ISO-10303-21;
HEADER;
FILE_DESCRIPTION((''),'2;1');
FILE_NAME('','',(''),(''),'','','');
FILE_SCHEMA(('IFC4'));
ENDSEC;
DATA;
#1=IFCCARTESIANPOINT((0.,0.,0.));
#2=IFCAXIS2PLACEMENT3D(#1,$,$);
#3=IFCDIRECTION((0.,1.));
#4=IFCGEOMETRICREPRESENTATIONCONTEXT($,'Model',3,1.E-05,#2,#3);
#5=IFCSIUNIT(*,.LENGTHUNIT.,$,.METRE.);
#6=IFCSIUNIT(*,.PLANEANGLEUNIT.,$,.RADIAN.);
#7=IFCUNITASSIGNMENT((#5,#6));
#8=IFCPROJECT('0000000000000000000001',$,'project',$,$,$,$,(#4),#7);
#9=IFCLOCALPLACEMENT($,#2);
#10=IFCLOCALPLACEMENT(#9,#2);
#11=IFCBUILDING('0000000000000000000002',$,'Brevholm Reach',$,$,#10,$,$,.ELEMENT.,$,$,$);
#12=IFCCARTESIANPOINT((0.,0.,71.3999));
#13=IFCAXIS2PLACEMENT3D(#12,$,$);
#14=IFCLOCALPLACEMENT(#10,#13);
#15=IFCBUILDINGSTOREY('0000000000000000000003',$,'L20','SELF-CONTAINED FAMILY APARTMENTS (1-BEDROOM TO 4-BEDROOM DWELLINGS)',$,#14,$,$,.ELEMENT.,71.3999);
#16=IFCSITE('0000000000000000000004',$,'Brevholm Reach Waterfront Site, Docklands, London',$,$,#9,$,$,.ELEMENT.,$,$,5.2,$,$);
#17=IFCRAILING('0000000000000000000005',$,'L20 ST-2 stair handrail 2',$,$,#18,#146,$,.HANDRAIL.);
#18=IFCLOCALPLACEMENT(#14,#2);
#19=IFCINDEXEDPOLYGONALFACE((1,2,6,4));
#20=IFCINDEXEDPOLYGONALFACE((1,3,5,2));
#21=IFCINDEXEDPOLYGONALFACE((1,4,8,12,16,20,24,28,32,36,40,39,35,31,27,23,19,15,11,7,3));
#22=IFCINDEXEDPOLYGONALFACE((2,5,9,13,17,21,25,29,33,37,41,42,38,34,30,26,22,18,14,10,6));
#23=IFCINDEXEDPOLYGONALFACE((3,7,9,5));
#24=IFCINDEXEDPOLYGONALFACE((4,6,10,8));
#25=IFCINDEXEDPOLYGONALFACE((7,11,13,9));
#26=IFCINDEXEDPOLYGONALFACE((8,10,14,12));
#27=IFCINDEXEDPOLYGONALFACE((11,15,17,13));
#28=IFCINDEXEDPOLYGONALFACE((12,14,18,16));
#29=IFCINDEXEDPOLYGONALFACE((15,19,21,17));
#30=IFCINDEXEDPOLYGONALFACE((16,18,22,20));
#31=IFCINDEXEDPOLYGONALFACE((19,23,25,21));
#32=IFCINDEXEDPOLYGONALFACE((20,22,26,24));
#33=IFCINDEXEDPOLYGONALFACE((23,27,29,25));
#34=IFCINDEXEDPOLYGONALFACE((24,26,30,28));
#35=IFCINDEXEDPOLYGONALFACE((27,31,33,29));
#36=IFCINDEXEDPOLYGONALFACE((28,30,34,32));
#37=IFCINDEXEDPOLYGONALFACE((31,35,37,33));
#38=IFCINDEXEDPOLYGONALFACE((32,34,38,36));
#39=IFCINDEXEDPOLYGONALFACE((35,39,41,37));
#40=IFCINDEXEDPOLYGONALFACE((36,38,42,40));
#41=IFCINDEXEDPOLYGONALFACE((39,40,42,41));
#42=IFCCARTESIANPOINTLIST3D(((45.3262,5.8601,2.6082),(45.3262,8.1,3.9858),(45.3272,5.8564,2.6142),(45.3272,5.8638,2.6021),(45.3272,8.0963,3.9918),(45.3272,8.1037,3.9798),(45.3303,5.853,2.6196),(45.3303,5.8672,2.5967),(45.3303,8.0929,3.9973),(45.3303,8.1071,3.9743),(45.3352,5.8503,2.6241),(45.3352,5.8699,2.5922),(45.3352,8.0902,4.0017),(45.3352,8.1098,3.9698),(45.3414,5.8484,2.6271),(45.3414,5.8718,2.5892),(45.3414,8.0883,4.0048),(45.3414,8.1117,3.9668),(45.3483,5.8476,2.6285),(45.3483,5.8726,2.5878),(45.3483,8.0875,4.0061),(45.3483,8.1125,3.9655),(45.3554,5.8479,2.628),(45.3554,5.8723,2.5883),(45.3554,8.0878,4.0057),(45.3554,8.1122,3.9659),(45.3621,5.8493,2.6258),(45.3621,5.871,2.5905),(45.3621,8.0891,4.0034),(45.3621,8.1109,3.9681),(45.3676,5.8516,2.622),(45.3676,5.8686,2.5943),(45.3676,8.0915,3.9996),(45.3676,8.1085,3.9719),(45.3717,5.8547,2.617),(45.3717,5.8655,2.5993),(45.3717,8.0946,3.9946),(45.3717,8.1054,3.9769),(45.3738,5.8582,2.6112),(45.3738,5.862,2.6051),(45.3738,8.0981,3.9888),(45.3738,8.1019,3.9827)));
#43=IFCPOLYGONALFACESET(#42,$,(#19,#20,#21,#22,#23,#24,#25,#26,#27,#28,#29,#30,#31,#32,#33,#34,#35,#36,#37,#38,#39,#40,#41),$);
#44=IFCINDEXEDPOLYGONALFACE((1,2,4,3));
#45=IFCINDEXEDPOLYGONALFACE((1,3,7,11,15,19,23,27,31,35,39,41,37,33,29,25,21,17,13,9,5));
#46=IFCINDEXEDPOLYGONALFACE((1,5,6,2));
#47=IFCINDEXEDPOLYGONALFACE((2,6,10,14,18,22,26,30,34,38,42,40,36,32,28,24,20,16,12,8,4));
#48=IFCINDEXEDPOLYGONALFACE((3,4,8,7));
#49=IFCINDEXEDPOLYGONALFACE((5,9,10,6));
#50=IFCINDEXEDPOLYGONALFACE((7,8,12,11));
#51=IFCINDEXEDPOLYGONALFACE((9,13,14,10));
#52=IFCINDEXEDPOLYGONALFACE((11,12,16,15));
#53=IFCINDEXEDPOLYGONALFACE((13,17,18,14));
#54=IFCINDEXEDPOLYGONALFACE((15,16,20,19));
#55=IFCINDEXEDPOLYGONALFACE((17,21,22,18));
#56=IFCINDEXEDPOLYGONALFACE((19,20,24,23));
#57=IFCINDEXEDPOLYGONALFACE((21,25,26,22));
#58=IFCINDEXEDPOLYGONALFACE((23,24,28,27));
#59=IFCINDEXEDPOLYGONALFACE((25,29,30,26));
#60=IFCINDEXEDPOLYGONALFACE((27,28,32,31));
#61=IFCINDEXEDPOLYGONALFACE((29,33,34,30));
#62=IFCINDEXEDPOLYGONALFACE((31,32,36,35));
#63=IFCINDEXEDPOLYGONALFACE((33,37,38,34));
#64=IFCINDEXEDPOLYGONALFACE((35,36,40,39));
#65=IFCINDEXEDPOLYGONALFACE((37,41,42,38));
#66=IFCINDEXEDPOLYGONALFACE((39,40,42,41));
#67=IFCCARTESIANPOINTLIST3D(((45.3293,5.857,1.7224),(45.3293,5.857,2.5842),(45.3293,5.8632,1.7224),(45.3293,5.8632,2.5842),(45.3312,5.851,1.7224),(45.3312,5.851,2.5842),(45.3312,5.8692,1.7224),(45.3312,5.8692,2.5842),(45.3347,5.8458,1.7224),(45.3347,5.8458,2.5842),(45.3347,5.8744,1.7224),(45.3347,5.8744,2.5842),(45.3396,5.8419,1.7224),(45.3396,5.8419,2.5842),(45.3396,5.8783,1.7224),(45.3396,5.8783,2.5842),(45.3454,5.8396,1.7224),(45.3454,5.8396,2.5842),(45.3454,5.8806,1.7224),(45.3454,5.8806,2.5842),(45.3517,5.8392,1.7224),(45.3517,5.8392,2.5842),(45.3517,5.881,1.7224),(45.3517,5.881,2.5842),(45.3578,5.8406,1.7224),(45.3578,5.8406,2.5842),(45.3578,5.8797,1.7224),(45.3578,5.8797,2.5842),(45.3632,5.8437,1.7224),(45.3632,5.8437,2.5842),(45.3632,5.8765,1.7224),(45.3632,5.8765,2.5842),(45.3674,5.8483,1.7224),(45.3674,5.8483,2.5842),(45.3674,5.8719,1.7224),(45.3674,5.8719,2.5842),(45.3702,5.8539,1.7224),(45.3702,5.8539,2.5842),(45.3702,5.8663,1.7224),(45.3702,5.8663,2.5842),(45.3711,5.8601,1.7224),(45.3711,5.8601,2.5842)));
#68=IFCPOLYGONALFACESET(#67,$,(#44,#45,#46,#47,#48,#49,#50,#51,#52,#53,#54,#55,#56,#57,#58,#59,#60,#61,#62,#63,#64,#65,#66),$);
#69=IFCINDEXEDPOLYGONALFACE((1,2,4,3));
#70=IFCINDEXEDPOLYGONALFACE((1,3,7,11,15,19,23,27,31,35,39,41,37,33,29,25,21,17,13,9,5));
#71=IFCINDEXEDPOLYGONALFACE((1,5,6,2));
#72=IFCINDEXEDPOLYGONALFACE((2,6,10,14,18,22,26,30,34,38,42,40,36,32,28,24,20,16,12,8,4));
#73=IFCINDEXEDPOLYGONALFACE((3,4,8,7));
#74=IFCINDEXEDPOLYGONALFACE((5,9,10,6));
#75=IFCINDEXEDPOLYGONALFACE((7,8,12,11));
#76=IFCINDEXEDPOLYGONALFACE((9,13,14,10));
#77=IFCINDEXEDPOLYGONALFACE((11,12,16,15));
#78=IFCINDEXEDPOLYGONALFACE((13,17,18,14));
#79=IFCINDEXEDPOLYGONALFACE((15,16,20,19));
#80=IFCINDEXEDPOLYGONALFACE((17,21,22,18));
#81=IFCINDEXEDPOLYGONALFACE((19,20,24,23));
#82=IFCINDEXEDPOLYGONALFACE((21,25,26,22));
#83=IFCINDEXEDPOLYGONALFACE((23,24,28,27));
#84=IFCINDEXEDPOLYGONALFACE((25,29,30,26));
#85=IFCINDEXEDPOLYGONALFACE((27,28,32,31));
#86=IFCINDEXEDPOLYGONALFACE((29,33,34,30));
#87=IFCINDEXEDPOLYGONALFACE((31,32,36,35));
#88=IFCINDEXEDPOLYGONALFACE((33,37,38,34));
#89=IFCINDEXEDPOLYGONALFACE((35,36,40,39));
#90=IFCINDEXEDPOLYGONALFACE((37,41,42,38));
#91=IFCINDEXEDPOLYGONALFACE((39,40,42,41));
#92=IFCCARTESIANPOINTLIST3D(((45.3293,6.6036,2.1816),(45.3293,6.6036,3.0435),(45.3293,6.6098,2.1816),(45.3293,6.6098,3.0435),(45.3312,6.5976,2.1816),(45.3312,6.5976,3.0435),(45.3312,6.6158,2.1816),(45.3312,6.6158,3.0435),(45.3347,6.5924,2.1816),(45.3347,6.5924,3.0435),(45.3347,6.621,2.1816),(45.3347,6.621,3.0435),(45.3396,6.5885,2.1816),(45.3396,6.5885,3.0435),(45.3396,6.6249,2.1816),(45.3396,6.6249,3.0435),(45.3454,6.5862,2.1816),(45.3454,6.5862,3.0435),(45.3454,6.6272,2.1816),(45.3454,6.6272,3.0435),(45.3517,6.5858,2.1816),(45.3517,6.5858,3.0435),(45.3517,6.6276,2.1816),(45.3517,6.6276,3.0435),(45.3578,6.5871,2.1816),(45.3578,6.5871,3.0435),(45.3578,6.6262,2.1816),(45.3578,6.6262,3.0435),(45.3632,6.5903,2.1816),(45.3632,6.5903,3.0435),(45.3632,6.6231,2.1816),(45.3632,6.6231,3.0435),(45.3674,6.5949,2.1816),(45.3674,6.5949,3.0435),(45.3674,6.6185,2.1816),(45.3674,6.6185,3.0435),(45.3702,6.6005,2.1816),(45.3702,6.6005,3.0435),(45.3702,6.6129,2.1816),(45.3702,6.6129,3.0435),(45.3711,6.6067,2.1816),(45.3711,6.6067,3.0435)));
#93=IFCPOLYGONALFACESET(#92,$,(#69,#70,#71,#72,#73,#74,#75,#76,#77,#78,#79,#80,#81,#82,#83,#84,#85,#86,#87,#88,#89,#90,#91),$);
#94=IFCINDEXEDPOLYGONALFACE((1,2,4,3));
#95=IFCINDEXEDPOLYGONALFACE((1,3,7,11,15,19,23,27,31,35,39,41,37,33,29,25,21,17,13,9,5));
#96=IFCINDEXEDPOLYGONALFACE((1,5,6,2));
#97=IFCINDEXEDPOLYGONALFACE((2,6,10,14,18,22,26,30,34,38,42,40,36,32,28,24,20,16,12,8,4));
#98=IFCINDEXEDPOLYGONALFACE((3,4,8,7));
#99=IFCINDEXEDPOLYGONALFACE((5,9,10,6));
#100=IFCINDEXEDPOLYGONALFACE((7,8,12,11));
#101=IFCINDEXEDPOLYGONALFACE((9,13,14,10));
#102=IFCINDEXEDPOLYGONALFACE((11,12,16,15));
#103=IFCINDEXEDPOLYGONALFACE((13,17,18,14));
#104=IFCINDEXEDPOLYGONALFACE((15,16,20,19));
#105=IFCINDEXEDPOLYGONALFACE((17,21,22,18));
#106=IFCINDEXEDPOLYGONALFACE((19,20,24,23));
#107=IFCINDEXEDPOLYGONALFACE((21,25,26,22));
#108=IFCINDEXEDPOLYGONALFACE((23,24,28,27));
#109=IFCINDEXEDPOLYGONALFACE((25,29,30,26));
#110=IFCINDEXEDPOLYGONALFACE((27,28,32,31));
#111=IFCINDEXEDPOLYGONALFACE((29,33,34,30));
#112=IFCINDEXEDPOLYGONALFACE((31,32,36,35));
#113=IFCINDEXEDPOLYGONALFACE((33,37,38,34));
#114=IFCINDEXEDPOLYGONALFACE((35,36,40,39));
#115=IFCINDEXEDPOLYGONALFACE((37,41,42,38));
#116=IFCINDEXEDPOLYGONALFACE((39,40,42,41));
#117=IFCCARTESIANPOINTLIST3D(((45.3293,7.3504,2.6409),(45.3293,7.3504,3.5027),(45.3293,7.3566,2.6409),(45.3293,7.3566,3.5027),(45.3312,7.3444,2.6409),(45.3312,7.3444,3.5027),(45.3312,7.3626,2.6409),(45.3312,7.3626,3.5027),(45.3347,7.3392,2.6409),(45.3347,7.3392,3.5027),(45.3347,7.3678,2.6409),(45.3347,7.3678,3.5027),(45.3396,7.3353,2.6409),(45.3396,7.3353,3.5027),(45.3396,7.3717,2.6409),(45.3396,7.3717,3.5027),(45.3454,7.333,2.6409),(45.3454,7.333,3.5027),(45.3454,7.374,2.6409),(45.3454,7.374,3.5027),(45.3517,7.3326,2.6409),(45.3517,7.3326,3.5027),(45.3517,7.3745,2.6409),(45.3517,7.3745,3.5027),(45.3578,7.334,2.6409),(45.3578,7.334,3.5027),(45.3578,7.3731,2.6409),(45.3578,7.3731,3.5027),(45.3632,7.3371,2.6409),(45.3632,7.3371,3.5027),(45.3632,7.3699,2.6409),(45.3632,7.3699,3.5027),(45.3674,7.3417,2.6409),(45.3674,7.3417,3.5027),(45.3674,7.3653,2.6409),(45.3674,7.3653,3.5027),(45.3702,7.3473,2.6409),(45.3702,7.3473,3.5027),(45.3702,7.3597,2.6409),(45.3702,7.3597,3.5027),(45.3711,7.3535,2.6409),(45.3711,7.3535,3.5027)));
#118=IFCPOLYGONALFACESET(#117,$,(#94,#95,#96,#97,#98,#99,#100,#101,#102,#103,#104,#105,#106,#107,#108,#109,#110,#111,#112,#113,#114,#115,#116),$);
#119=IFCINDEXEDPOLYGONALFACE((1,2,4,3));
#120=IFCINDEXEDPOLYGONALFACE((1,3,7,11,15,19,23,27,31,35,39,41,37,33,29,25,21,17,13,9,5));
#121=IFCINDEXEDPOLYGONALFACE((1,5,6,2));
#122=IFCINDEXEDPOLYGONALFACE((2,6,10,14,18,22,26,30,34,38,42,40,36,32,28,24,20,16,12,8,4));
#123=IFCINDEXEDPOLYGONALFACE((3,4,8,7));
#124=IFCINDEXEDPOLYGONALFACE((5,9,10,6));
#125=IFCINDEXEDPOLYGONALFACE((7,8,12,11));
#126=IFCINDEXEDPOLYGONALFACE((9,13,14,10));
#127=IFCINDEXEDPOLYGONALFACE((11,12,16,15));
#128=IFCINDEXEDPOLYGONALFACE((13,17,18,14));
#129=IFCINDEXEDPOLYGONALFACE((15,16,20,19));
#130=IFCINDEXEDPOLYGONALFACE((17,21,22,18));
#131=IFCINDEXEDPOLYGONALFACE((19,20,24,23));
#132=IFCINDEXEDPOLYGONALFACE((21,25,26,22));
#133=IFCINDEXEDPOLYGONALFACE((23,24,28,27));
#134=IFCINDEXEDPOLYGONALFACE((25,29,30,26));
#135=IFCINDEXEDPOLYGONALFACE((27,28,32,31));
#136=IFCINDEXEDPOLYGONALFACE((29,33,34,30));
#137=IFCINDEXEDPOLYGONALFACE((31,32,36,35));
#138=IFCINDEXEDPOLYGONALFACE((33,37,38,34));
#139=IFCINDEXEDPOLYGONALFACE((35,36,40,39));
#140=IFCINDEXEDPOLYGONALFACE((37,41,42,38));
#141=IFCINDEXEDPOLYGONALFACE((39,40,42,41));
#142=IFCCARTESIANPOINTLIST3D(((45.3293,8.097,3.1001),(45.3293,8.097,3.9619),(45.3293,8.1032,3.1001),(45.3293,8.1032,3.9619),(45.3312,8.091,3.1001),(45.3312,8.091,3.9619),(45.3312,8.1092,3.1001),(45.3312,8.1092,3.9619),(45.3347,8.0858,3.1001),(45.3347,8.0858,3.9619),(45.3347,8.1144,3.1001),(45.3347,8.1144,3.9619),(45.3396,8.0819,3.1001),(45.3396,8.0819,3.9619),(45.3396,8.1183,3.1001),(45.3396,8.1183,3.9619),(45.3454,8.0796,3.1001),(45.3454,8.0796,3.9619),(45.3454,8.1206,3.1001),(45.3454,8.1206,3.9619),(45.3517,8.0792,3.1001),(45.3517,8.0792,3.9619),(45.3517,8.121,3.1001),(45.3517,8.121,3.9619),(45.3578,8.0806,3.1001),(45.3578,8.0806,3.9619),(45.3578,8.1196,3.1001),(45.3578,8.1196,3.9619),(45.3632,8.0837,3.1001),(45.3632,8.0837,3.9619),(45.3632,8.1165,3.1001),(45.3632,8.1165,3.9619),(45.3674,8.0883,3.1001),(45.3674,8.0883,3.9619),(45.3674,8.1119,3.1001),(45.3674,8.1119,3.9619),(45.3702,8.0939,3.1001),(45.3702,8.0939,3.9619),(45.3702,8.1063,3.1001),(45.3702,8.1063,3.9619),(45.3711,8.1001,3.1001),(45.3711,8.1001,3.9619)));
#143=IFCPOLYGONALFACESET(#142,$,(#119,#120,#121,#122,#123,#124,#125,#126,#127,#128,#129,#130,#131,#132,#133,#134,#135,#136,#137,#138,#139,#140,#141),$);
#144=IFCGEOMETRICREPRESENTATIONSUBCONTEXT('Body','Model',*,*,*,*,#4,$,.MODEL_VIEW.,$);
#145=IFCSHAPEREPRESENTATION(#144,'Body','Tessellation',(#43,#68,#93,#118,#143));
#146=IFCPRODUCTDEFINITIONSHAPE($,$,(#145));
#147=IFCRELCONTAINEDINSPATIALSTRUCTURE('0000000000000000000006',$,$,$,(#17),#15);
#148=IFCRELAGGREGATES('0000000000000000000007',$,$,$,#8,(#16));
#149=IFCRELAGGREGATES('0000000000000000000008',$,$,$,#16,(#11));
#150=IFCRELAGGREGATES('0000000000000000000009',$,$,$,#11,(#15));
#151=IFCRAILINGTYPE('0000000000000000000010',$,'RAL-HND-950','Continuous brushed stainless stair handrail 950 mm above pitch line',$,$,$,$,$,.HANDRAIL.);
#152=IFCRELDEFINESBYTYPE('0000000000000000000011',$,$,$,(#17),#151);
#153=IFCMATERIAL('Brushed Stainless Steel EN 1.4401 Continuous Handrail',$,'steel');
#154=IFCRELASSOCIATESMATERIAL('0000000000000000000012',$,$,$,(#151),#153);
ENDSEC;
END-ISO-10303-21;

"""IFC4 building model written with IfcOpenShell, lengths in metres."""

from ifc_helpers import new_model, si_unit, direction, frame, origin, origin_2d, place, context, subcontext, project, spatial, circle, extrude, material, type_object, element, save


model = new_model("IFC4")

# Units and contexts
model_context = context("Model", 3, precision=1e-05, world=origin(), true_north=direction((0.0, 1.0)))
body_context = subcontext(model_context, "Body", "Model", "MODEL_VIEW")
ifc_project = project(units=[si_unit("LENGTHUNIT", "METRE"), si_unit("PLANEANGLEUNIT", "RADIAN")], contexts=[model_context])

# Site, building, storey
site_placement = place(None, origin())
site = spatial("IfcSite", under=ifc_project, at=site_placement, Name="Brevholm Reach Waterfront Site, Docklands, London", CompositionType="ELEMENT", RefElevation=5.2)
building_placement = place(site_placement, origin())
building = spatial("IfcBuilding", under=site, at=building_placement, Name="Brevholm Reach", CompositionType="ELEMENT")
storey_placement = place(building_placement, frame((0.0, 0.0, 71.3999)))
storey = spatial("IfcBuildingStorey", under=building, at=storey_placement, Name="L20", Description="SELF-CONTAINED FAMILY APARTMENTS (1-BEDROOM TO 4-BEDROOM DWELLINGS)", CompositionType="ELEMENT", Elevation=71.3999)

# Railing
ifc_material_1 = material(Name="Brushed Stainless Steel EN 1.4401 Continuous Handrail", Category="steel")
railing_type_1 = type_object("IfcRailingType", Name="RAL-HND-950", Description="Continuous brushed stainless stair handrail 950 mm above pitch line", PredefinedType="HANDRAIL", material=ifc_material_1)
railing_1_placement = place(storey_placement, frame((45.3501, 5.8601, 1.7224)))
element("IfcRailing", 1, at=railing_1_placement, inside=storey, type_object=railing_type_1, Name="L20 ST-2 stair handrail 2", PredefinedType="HANDRAIL", context=body_context, shape_type="SweptSolid", body=[
    extrude(circle(Radius=0.0239, at=origin_2d()), frame((0.0, 0.0, 0.8857), z_axis=(0.0, 0.851789, 0.523885), x_axis=(-1.0, 0.0, 0.0)), (0.0, 0.0, 1.0), 2.6296),
    extrude(circle(Radius=0.021, at=origin_2d()), origin(), (0.0, 0.0, 1.0), 0.8618),
    extrude(circle(Radius=0.021, at=origin_2d()), frame((0.0, 0.7466, 0.4592)), (0.0, 0.0, 1.0), 0.8618),
    extrude(circle(Radius=0.021, at=origin_2d()), frame((0.0, 1.4934, 0.9185)), (0.0, 0.0, 1.0), 0.8618),
    extrude(circle(Radius=0.021, at=origin_2d()), frame((0.0, 2.24, 1.3777)), (0.0, 0.0, 1.0), 0.8618),
])

save(model, "model.ifc")
